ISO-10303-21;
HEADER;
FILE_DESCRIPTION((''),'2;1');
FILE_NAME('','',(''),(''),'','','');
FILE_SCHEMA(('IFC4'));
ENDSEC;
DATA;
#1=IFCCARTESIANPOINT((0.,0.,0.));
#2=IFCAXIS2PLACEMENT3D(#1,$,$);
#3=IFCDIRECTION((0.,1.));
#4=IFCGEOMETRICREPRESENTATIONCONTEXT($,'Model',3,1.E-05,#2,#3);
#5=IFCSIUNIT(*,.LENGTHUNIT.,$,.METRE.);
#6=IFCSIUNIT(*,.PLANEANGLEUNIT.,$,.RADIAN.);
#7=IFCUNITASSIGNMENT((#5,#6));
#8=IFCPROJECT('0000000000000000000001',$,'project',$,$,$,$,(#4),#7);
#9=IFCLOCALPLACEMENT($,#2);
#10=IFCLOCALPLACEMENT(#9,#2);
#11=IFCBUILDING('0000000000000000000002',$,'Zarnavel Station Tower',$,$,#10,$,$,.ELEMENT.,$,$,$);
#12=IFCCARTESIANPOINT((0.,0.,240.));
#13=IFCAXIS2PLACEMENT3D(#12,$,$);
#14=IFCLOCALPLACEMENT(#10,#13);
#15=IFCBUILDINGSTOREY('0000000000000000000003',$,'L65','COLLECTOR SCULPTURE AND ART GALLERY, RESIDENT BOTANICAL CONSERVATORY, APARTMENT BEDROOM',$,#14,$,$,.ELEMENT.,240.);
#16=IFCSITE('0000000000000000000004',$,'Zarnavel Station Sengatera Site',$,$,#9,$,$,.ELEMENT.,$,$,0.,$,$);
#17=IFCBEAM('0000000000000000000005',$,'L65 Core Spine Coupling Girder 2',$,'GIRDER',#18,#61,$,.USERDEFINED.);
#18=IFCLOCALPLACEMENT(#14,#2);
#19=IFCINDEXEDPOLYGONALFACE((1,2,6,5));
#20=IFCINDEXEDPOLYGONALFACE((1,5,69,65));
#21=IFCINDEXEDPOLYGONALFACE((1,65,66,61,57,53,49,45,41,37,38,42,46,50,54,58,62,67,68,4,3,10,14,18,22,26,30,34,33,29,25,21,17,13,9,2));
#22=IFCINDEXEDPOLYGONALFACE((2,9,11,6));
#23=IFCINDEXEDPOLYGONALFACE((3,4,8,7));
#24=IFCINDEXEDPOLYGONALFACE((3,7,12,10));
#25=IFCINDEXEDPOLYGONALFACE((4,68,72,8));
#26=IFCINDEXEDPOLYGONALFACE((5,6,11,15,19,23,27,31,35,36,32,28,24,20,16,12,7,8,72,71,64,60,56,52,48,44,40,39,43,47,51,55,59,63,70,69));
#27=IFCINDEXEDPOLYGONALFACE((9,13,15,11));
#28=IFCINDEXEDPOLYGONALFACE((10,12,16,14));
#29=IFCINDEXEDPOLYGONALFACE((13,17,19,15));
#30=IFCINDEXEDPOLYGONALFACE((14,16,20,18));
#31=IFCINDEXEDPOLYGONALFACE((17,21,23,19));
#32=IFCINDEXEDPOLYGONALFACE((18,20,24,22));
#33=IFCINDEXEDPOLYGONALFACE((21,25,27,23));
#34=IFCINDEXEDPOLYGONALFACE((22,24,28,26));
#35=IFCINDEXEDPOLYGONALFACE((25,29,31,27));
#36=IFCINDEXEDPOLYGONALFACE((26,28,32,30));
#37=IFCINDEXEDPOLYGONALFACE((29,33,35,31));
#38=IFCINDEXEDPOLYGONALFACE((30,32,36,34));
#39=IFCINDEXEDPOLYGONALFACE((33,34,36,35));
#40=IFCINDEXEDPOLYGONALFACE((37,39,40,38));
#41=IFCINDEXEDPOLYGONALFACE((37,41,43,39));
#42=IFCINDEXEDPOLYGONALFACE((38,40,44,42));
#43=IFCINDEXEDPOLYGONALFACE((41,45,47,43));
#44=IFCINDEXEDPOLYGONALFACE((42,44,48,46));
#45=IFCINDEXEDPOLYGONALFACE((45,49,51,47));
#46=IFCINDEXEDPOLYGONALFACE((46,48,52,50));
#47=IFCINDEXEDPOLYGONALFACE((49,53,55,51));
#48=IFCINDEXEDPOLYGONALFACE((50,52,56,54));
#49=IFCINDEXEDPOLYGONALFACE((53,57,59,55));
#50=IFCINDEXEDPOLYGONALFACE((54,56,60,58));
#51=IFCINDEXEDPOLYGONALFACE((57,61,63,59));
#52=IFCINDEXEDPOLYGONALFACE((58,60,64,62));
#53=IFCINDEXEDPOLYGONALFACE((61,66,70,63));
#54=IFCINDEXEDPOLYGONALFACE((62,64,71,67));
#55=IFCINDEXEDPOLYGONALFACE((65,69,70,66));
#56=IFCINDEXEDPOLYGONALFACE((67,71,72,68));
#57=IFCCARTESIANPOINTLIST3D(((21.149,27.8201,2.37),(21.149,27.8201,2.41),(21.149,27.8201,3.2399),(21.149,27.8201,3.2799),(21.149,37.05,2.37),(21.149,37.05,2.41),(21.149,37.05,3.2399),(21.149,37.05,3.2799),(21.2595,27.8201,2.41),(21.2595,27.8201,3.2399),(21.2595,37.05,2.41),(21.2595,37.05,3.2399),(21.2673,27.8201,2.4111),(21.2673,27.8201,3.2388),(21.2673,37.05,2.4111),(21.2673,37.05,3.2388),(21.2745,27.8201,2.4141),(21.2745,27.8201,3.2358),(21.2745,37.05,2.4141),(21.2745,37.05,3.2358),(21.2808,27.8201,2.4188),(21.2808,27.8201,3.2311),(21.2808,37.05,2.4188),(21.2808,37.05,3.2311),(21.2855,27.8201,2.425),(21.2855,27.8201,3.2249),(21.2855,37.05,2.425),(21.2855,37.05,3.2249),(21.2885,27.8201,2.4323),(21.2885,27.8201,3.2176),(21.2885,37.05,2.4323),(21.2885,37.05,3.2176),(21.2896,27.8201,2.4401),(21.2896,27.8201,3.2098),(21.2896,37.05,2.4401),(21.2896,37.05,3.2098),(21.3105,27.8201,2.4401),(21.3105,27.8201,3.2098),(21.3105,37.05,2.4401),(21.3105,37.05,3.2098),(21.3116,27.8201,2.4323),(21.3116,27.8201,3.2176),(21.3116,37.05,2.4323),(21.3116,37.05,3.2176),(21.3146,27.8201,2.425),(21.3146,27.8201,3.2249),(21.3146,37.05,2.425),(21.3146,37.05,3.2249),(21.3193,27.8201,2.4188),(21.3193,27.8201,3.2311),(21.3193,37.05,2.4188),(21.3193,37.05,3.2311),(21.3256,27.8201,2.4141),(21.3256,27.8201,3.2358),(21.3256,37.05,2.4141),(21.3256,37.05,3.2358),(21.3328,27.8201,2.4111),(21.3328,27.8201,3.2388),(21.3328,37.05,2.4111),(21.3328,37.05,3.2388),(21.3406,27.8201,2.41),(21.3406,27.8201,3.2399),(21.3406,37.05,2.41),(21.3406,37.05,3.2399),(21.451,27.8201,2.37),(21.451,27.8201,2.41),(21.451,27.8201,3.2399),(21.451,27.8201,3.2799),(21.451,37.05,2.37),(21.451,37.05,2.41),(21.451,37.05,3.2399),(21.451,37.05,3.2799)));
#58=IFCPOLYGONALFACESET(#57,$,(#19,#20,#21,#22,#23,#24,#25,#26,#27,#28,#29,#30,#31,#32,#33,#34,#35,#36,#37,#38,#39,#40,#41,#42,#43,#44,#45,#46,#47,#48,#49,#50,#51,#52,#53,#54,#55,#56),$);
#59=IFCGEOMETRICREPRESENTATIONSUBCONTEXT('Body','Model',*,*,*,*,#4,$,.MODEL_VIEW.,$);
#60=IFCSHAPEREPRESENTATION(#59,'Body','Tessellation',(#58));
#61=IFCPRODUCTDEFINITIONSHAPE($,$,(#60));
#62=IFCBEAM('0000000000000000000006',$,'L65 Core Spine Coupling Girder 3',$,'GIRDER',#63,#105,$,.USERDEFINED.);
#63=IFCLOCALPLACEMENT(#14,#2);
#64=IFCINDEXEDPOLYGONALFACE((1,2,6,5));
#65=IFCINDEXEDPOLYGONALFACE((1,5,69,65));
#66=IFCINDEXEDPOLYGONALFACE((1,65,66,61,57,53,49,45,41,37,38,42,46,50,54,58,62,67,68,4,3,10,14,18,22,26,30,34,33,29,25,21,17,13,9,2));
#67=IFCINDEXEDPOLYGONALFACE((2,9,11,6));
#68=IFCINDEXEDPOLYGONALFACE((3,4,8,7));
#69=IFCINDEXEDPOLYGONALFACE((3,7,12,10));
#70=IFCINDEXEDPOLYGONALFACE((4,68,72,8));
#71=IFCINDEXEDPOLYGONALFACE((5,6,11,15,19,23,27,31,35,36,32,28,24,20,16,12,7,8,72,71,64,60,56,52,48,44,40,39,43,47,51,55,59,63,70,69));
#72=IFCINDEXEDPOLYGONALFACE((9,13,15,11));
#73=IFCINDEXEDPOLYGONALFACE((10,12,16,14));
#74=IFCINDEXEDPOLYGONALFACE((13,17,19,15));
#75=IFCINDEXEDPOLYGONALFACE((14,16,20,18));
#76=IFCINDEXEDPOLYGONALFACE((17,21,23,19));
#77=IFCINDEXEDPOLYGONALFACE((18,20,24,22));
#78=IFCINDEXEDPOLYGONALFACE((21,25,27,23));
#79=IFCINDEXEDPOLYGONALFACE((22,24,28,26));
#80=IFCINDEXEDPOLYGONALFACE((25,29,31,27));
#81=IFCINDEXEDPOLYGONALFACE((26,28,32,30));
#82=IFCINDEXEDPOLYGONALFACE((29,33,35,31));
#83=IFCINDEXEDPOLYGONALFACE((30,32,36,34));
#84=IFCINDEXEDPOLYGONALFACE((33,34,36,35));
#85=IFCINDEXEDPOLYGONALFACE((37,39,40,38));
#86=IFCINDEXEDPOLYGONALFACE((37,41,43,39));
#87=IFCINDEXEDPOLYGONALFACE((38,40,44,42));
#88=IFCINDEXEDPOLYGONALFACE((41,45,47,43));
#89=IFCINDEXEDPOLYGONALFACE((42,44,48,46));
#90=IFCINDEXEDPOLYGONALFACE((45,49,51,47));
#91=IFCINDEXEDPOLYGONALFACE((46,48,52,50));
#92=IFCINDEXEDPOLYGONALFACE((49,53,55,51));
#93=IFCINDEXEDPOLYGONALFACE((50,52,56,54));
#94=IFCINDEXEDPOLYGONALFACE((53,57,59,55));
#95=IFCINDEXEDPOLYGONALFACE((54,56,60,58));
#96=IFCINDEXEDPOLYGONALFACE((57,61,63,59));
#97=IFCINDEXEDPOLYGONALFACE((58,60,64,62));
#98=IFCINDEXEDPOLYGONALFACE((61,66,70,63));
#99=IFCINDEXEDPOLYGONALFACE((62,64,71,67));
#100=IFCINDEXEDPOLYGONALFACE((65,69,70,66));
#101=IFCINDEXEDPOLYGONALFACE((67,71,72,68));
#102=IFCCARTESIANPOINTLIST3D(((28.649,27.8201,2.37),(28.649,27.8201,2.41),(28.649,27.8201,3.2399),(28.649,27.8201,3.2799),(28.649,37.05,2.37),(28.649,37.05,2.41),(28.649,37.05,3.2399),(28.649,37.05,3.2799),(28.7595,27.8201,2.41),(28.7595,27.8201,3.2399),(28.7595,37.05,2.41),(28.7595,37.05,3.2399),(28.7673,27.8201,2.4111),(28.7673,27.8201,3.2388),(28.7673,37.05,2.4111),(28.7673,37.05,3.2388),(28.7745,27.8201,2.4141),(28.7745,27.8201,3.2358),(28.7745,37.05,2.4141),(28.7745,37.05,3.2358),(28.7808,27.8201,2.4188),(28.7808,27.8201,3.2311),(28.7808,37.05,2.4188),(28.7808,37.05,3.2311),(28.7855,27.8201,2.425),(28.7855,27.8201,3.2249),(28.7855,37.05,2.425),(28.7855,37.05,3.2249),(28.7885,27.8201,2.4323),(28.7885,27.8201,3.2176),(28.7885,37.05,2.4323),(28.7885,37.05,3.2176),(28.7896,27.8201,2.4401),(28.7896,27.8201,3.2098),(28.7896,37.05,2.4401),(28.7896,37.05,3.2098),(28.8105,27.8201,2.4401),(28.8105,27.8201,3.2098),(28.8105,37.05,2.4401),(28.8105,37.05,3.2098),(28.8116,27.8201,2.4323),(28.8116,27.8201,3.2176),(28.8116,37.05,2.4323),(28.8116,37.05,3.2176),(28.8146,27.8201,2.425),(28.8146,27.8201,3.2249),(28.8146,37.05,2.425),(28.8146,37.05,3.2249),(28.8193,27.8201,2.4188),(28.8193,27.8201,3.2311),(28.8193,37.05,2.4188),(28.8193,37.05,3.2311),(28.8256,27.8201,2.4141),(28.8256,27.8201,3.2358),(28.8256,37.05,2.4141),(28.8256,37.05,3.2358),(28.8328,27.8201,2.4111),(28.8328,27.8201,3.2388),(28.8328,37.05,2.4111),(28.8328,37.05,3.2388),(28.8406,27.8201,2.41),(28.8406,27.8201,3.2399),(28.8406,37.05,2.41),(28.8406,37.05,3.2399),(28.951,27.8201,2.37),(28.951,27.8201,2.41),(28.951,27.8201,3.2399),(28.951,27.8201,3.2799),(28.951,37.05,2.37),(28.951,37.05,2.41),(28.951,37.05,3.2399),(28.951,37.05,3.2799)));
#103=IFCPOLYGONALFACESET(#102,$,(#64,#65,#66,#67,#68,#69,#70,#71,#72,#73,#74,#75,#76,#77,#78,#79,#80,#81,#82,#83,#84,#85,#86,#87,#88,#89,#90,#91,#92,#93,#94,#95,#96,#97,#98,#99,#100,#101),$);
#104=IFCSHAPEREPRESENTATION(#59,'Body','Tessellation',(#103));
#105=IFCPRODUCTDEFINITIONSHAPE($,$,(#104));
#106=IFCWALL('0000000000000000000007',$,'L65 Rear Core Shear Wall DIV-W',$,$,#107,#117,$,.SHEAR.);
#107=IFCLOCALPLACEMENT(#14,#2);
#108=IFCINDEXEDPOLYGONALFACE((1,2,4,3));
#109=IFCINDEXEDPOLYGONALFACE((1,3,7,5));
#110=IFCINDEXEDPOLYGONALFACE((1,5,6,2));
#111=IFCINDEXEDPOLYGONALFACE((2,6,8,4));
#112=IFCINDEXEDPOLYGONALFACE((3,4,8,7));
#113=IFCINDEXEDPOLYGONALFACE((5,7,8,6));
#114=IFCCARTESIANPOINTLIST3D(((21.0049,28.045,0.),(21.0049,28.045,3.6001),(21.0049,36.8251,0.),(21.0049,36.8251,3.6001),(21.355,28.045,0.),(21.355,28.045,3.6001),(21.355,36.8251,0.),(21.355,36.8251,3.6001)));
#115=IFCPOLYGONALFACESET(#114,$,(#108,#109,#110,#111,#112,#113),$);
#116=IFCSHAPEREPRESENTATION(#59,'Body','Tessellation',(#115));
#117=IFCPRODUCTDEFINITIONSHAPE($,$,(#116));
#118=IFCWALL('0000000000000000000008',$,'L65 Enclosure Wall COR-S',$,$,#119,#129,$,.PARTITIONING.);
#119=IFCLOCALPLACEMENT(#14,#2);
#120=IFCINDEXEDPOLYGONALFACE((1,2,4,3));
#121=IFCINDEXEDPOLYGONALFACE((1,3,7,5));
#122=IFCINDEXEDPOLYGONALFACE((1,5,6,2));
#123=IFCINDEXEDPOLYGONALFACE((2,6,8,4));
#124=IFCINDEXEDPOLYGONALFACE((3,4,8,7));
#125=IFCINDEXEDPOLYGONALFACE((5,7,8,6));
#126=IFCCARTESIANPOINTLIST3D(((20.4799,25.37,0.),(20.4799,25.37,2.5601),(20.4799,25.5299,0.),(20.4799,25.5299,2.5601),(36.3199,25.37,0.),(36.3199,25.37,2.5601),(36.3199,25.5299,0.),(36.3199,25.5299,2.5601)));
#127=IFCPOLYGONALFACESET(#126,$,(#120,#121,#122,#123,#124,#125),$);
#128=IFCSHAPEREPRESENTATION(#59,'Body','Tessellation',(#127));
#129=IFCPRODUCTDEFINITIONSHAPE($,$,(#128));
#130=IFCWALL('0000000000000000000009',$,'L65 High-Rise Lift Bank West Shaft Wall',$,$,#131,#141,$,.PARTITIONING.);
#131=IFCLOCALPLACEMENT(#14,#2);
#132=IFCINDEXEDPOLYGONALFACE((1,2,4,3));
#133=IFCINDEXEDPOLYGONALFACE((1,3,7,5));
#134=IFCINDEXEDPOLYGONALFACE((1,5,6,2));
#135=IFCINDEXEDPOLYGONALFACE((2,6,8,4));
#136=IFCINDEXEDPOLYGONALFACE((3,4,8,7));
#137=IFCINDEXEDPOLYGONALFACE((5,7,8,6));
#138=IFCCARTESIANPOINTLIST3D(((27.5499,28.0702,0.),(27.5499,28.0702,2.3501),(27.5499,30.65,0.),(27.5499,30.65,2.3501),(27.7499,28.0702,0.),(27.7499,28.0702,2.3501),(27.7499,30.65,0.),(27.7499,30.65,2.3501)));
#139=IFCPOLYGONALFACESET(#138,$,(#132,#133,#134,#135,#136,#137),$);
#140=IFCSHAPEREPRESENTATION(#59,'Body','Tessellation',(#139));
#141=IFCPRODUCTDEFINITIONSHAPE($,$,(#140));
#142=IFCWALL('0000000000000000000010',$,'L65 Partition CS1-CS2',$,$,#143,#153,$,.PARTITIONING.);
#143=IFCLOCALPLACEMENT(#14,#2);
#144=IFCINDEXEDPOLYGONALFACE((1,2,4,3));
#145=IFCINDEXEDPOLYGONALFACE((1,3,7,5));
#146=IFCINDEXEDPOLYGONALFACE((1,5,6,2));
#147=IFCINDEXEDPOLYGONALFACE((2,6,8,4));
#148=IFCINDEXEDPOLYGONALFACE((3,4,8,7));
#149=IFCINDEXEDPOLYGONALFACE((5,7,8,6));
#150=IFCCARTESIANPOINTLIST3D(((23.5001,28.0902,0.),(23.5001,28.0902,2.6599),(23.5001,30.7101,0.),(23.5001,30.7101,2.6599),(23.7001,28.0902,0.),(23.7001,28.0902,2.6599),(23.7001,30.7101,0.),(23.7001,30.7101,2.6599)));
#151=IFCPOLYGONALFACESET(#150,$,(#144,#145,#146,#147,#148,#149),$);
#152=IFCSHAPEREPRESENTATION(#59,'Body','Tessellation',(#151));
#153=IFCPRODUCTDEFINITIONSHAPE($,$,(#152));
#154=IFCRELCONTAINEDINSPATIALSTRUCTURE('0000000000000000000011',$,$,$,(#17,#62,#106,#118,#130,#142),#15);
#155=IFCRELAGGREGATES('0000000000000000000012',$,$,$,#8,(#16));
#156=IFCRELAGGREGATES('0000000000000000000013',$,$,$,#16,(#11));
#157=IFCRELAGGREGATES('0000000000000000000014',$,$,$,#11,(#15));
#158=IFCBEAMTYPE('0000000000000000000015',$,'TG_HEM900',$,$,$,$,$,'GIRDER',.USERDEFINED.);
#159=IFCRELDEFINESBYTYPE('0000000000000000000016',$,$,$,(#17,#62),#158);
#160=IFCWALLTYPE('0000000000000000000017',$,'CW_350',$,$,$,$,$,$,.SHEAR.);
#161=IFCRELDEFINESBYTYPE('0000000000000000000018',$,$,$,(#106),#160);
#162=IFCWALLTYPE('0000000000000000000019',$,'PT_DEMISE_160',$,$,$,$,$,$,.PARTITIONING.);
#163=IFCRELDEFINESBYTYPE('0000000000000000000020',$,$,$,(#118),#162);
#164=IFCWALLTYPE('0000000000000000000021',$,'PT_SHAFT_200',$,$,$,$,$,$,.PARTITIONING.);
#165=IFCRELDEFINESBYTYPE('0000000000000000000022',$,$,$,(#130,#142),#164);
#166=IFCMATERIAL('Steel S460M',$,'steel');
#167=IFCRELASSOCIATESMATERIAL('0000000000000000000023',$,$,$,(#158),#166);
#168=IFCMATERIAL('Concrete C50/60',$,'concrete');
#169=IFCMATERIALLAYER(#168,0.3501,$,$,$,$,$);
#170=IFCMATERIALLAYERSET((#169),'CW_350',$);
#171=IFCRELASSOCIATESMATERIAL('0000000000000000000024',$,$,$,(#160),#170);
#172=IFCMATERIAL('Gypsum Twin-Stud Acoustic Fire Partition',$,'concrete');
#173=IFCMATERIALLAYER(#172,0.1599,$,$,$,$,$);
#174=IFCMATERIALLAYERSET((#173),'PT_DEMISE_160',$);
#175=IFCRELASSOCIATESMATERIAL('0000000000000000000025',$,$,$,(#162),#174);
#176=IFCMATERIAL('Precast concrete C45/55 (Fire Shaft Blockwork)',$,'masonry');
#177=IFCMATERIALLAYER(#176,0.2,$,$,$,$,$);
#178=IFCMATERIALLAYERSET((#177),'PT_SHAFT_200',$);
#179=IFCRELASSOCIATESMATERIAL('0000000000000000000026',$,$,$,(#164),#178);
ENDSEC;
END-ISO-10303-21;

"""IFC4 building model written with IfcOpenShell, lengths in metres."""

from ifc_helpers import new_model, si_unit, direction, frame, frame_2d, origin, origin_2d, place, context, subcontext, project, spatial, rectangle, i_section, extrude, material, layer, layer_set, material_profile, profile_set, type_object, element, save


model = new_model("IFC4")

# Units and contexts
model_context = context("Model", 3, precision=1e-05, world=origin(), true_north=direction((0.0, 1.0)))
body_context = subcontext(model_context, "Body", "Model", "MODEL_VIEW")
ifc_project = project(units=[si_unit("LENGTHUNIT", "METRE"), si_unit("PLANEANGLEUNIT", "RADIAN")], contexts=[model_context])

# Site, building, storey
site_placement = place(None, origin())
site = spatial("IfcSite", under=ifc_project, at=site_placement, Name="Zarnavel Station Sengatera Site", CompositionType="ELEMENT", RefElevation=0.0)
building_placement = place(site_placement, origin())
building = spatial("IfcBuilding", under=site, at=building_placement, Name="Zarnavel Station Tower", CompositionType="ELEMENT")
storey_placement = place(building_placement, frame((0.0, 0.0, 240.0)))
storey = spatial("IfcBuildingStorey", under=building, at=storey_placement, Name="L65", Description="COLLECTOR SCULPTURE AND ART GALLERY, RESIDENT BOTANICAL CONSERVATORY, APARTMENT BEDROOM", CompositionType="ELEMENT", Elevation=240.0)

# Beams
ifc_material_1 = material(Name="Steel S460M", Category="steel")
ifc_material_profile_1 = material_profile(ifc_material_1, i_section(OverallWidth=0.302, OverallDepth=0.9099, WebThickness=0.021, FlangeThickness=0.04, FilletRadius=0.03, at=origin_2d()), Name="HEM900")
ifc_profile_set_1 = profile_set([ifc_material_profile_1], Name="Steel S460M")
beam_type_1 = type_object("IfcBeamType", Name="TG_HEM900", ElementType="GIRDER", PredefinedType="USERDEFINED", material=ifc_profile_set_1)
for number, where, z_axis, x_axis, name in (
    (1, (21.3, 27.8201, 2.825), (0.0, 1.0, 0.0), (-1.0, 0.0, 0.0), "L65 Core Spine Coupling Girder 2"),
    (2, (28.8, 27.8201, 2.825), (0.0, 1.0, 0.0), (-1.0, 0.0, 0.0), "L65 Core Spine Coupling Girder 3"),
):
    element("IfcBeam", number, at=place(storey_placement, frame(where, z_axis=z_axis, x_axis=x_axis)), inside=storey, type_object=beam_type_1, Name=name, ObjectType="GIRDER", PredefinedType="USERDEFINED", context=body_context, shape_type="SweptSolid", body=[
        extrude(i_section(OverallWidth=0.302, OverallDepth=0.9099, WebThickness=0.021, FlangeThickness=0.04, FilletRadius=0.03, at=origin_2d()), origin(), (0.0, 0.0, 1.0), 9.23),
    ])

# Wall
ifc_material_2 = material(Name="Concrete C50/60", Category="concrete")
ifc_layer_1 = layer(ifc_material_2, 0.3501)
ifc_layer_set_1 = layer_set([ifc_layer_1], Name="CW_350")
wall_type_1 = type_object("IfcWallType", Name="CW_350", PredefinedType="SHEAR", material=ifc_layer_set_1)
wall_1_placement = place(storey_placement, frame((21.1799, 28.0449, 0.0), z_axis=(0.0, 0.0, 1.0), x_axis=(0.0, 1.0, 0.0)))
element("IfcWall", 3, at=wall_1_placement, inside=storey, type_object=wall_type_1, Name="L65 Rear Core Shear Wall DIV-W", PredefinedType="SHEAR", context=body_context, shape_type="SweptSolid", body=[
    extrude(rectangle(XDim=8.78, YDim=0.3501, at=frame_2d((4.3901, 0.0))), origin(), (0.0, 0.0, 1.0), 3.6001),
])

# Wall
ifc_material_3 = material(Name="Gypsum Twin-Stud Acoustic Fire Partition", Category="concrete")
ifc_layer_2 = layer(ifc_material_3, 0.1599)
ifc_layer_set_2 = layer_set([ifc_layer_2], Name="PT_DEMISE_160")
wall_type_2 = type_object("IfcWallType", Name="PT_DEMISE_160", PredefinedType="PARTITIONING", material=ifc_layer_set_2)
wall_2_placement = place(storey_placement, frame((20.48, 25.45, 0.0), z_axis=(0.0, 0.0, 1.0), x_axis=(1.0, 0.0, 0.0)))
element("IfcWall", 4, at=wall_2_placement, inside=storey, type_object=wall_type_2, Name="L65 Enclosure Wall COR-S", PredefinedType="PARTITIONING", context=body_context, shape_type="SweptSolid", body=[
    extrude(rectangle(XDim=15.8401, YDim=0.1599, at=frame_2d((7.9199, 0.0))), origin(), (0.0, 0.0, 1.0), 2.5601),
])

# Shared definitions
ifc_material_4 = material(Name="Precast concrete C45/55 (Fire Shaft Blockwork)", Category="masonry")
ifc_layer_3 = layer(ifc_material_4, 0.2)
ifc_layer_set_3 = layer_set([ifc_layer_3], Name="PT_SHAFT_200")
wall_type_3 = type_object("IfcWallType", Name="PT_SHAFT_200", PredefinedType="PARTITIONING", material=ifc_layer_set_3)

# Wall
wall_3_placement = place(storey_placement, frame((27.6499, 28.0701, 0.0), z_axis=(0.0, 0.0, 1.0), x_axis=(0.0, 1.0, 0.0)))
element("IfcWall", 5, at=wall_3_placement, inside=storey, type_object=wall_type_3, Name="L65 High-Rise Lift Bank West Shaft Wall", PredefinedType="PARTITIONING", context=body_context, shape_type="SweptSolid", body=[
    extrude(rectangle(XDim=2.5798, YDim=0.2, at=frame_2d((1.29, 0.0))), origin(), (0.0, 0.0, 1.0), 2.3501),
])

# Wall
wall_4_placement = place(storey_placement, frame((23.6001, 28.0901, 0.0), z_axis=(0.0, 0.0, 1.0), x_axis=(0.0, 1.0, 0.0)))
element("IfcWall", 6, at=wall_4_placement, inside=storey, type_object=wall_type_3, Name="L65 Partition CS1-CS2", PredefinedType="PARTITIONING", context=body_context, shape_type="SweptSolid", body=[
    extrude(rectangle(XDim=2.6199, YDim=0.2, at=frame_2d((1.3101, 0.0))), origin(), (0.0, 0.0, 1.0), 2.6599),
])

save(model, "model.ifc")
